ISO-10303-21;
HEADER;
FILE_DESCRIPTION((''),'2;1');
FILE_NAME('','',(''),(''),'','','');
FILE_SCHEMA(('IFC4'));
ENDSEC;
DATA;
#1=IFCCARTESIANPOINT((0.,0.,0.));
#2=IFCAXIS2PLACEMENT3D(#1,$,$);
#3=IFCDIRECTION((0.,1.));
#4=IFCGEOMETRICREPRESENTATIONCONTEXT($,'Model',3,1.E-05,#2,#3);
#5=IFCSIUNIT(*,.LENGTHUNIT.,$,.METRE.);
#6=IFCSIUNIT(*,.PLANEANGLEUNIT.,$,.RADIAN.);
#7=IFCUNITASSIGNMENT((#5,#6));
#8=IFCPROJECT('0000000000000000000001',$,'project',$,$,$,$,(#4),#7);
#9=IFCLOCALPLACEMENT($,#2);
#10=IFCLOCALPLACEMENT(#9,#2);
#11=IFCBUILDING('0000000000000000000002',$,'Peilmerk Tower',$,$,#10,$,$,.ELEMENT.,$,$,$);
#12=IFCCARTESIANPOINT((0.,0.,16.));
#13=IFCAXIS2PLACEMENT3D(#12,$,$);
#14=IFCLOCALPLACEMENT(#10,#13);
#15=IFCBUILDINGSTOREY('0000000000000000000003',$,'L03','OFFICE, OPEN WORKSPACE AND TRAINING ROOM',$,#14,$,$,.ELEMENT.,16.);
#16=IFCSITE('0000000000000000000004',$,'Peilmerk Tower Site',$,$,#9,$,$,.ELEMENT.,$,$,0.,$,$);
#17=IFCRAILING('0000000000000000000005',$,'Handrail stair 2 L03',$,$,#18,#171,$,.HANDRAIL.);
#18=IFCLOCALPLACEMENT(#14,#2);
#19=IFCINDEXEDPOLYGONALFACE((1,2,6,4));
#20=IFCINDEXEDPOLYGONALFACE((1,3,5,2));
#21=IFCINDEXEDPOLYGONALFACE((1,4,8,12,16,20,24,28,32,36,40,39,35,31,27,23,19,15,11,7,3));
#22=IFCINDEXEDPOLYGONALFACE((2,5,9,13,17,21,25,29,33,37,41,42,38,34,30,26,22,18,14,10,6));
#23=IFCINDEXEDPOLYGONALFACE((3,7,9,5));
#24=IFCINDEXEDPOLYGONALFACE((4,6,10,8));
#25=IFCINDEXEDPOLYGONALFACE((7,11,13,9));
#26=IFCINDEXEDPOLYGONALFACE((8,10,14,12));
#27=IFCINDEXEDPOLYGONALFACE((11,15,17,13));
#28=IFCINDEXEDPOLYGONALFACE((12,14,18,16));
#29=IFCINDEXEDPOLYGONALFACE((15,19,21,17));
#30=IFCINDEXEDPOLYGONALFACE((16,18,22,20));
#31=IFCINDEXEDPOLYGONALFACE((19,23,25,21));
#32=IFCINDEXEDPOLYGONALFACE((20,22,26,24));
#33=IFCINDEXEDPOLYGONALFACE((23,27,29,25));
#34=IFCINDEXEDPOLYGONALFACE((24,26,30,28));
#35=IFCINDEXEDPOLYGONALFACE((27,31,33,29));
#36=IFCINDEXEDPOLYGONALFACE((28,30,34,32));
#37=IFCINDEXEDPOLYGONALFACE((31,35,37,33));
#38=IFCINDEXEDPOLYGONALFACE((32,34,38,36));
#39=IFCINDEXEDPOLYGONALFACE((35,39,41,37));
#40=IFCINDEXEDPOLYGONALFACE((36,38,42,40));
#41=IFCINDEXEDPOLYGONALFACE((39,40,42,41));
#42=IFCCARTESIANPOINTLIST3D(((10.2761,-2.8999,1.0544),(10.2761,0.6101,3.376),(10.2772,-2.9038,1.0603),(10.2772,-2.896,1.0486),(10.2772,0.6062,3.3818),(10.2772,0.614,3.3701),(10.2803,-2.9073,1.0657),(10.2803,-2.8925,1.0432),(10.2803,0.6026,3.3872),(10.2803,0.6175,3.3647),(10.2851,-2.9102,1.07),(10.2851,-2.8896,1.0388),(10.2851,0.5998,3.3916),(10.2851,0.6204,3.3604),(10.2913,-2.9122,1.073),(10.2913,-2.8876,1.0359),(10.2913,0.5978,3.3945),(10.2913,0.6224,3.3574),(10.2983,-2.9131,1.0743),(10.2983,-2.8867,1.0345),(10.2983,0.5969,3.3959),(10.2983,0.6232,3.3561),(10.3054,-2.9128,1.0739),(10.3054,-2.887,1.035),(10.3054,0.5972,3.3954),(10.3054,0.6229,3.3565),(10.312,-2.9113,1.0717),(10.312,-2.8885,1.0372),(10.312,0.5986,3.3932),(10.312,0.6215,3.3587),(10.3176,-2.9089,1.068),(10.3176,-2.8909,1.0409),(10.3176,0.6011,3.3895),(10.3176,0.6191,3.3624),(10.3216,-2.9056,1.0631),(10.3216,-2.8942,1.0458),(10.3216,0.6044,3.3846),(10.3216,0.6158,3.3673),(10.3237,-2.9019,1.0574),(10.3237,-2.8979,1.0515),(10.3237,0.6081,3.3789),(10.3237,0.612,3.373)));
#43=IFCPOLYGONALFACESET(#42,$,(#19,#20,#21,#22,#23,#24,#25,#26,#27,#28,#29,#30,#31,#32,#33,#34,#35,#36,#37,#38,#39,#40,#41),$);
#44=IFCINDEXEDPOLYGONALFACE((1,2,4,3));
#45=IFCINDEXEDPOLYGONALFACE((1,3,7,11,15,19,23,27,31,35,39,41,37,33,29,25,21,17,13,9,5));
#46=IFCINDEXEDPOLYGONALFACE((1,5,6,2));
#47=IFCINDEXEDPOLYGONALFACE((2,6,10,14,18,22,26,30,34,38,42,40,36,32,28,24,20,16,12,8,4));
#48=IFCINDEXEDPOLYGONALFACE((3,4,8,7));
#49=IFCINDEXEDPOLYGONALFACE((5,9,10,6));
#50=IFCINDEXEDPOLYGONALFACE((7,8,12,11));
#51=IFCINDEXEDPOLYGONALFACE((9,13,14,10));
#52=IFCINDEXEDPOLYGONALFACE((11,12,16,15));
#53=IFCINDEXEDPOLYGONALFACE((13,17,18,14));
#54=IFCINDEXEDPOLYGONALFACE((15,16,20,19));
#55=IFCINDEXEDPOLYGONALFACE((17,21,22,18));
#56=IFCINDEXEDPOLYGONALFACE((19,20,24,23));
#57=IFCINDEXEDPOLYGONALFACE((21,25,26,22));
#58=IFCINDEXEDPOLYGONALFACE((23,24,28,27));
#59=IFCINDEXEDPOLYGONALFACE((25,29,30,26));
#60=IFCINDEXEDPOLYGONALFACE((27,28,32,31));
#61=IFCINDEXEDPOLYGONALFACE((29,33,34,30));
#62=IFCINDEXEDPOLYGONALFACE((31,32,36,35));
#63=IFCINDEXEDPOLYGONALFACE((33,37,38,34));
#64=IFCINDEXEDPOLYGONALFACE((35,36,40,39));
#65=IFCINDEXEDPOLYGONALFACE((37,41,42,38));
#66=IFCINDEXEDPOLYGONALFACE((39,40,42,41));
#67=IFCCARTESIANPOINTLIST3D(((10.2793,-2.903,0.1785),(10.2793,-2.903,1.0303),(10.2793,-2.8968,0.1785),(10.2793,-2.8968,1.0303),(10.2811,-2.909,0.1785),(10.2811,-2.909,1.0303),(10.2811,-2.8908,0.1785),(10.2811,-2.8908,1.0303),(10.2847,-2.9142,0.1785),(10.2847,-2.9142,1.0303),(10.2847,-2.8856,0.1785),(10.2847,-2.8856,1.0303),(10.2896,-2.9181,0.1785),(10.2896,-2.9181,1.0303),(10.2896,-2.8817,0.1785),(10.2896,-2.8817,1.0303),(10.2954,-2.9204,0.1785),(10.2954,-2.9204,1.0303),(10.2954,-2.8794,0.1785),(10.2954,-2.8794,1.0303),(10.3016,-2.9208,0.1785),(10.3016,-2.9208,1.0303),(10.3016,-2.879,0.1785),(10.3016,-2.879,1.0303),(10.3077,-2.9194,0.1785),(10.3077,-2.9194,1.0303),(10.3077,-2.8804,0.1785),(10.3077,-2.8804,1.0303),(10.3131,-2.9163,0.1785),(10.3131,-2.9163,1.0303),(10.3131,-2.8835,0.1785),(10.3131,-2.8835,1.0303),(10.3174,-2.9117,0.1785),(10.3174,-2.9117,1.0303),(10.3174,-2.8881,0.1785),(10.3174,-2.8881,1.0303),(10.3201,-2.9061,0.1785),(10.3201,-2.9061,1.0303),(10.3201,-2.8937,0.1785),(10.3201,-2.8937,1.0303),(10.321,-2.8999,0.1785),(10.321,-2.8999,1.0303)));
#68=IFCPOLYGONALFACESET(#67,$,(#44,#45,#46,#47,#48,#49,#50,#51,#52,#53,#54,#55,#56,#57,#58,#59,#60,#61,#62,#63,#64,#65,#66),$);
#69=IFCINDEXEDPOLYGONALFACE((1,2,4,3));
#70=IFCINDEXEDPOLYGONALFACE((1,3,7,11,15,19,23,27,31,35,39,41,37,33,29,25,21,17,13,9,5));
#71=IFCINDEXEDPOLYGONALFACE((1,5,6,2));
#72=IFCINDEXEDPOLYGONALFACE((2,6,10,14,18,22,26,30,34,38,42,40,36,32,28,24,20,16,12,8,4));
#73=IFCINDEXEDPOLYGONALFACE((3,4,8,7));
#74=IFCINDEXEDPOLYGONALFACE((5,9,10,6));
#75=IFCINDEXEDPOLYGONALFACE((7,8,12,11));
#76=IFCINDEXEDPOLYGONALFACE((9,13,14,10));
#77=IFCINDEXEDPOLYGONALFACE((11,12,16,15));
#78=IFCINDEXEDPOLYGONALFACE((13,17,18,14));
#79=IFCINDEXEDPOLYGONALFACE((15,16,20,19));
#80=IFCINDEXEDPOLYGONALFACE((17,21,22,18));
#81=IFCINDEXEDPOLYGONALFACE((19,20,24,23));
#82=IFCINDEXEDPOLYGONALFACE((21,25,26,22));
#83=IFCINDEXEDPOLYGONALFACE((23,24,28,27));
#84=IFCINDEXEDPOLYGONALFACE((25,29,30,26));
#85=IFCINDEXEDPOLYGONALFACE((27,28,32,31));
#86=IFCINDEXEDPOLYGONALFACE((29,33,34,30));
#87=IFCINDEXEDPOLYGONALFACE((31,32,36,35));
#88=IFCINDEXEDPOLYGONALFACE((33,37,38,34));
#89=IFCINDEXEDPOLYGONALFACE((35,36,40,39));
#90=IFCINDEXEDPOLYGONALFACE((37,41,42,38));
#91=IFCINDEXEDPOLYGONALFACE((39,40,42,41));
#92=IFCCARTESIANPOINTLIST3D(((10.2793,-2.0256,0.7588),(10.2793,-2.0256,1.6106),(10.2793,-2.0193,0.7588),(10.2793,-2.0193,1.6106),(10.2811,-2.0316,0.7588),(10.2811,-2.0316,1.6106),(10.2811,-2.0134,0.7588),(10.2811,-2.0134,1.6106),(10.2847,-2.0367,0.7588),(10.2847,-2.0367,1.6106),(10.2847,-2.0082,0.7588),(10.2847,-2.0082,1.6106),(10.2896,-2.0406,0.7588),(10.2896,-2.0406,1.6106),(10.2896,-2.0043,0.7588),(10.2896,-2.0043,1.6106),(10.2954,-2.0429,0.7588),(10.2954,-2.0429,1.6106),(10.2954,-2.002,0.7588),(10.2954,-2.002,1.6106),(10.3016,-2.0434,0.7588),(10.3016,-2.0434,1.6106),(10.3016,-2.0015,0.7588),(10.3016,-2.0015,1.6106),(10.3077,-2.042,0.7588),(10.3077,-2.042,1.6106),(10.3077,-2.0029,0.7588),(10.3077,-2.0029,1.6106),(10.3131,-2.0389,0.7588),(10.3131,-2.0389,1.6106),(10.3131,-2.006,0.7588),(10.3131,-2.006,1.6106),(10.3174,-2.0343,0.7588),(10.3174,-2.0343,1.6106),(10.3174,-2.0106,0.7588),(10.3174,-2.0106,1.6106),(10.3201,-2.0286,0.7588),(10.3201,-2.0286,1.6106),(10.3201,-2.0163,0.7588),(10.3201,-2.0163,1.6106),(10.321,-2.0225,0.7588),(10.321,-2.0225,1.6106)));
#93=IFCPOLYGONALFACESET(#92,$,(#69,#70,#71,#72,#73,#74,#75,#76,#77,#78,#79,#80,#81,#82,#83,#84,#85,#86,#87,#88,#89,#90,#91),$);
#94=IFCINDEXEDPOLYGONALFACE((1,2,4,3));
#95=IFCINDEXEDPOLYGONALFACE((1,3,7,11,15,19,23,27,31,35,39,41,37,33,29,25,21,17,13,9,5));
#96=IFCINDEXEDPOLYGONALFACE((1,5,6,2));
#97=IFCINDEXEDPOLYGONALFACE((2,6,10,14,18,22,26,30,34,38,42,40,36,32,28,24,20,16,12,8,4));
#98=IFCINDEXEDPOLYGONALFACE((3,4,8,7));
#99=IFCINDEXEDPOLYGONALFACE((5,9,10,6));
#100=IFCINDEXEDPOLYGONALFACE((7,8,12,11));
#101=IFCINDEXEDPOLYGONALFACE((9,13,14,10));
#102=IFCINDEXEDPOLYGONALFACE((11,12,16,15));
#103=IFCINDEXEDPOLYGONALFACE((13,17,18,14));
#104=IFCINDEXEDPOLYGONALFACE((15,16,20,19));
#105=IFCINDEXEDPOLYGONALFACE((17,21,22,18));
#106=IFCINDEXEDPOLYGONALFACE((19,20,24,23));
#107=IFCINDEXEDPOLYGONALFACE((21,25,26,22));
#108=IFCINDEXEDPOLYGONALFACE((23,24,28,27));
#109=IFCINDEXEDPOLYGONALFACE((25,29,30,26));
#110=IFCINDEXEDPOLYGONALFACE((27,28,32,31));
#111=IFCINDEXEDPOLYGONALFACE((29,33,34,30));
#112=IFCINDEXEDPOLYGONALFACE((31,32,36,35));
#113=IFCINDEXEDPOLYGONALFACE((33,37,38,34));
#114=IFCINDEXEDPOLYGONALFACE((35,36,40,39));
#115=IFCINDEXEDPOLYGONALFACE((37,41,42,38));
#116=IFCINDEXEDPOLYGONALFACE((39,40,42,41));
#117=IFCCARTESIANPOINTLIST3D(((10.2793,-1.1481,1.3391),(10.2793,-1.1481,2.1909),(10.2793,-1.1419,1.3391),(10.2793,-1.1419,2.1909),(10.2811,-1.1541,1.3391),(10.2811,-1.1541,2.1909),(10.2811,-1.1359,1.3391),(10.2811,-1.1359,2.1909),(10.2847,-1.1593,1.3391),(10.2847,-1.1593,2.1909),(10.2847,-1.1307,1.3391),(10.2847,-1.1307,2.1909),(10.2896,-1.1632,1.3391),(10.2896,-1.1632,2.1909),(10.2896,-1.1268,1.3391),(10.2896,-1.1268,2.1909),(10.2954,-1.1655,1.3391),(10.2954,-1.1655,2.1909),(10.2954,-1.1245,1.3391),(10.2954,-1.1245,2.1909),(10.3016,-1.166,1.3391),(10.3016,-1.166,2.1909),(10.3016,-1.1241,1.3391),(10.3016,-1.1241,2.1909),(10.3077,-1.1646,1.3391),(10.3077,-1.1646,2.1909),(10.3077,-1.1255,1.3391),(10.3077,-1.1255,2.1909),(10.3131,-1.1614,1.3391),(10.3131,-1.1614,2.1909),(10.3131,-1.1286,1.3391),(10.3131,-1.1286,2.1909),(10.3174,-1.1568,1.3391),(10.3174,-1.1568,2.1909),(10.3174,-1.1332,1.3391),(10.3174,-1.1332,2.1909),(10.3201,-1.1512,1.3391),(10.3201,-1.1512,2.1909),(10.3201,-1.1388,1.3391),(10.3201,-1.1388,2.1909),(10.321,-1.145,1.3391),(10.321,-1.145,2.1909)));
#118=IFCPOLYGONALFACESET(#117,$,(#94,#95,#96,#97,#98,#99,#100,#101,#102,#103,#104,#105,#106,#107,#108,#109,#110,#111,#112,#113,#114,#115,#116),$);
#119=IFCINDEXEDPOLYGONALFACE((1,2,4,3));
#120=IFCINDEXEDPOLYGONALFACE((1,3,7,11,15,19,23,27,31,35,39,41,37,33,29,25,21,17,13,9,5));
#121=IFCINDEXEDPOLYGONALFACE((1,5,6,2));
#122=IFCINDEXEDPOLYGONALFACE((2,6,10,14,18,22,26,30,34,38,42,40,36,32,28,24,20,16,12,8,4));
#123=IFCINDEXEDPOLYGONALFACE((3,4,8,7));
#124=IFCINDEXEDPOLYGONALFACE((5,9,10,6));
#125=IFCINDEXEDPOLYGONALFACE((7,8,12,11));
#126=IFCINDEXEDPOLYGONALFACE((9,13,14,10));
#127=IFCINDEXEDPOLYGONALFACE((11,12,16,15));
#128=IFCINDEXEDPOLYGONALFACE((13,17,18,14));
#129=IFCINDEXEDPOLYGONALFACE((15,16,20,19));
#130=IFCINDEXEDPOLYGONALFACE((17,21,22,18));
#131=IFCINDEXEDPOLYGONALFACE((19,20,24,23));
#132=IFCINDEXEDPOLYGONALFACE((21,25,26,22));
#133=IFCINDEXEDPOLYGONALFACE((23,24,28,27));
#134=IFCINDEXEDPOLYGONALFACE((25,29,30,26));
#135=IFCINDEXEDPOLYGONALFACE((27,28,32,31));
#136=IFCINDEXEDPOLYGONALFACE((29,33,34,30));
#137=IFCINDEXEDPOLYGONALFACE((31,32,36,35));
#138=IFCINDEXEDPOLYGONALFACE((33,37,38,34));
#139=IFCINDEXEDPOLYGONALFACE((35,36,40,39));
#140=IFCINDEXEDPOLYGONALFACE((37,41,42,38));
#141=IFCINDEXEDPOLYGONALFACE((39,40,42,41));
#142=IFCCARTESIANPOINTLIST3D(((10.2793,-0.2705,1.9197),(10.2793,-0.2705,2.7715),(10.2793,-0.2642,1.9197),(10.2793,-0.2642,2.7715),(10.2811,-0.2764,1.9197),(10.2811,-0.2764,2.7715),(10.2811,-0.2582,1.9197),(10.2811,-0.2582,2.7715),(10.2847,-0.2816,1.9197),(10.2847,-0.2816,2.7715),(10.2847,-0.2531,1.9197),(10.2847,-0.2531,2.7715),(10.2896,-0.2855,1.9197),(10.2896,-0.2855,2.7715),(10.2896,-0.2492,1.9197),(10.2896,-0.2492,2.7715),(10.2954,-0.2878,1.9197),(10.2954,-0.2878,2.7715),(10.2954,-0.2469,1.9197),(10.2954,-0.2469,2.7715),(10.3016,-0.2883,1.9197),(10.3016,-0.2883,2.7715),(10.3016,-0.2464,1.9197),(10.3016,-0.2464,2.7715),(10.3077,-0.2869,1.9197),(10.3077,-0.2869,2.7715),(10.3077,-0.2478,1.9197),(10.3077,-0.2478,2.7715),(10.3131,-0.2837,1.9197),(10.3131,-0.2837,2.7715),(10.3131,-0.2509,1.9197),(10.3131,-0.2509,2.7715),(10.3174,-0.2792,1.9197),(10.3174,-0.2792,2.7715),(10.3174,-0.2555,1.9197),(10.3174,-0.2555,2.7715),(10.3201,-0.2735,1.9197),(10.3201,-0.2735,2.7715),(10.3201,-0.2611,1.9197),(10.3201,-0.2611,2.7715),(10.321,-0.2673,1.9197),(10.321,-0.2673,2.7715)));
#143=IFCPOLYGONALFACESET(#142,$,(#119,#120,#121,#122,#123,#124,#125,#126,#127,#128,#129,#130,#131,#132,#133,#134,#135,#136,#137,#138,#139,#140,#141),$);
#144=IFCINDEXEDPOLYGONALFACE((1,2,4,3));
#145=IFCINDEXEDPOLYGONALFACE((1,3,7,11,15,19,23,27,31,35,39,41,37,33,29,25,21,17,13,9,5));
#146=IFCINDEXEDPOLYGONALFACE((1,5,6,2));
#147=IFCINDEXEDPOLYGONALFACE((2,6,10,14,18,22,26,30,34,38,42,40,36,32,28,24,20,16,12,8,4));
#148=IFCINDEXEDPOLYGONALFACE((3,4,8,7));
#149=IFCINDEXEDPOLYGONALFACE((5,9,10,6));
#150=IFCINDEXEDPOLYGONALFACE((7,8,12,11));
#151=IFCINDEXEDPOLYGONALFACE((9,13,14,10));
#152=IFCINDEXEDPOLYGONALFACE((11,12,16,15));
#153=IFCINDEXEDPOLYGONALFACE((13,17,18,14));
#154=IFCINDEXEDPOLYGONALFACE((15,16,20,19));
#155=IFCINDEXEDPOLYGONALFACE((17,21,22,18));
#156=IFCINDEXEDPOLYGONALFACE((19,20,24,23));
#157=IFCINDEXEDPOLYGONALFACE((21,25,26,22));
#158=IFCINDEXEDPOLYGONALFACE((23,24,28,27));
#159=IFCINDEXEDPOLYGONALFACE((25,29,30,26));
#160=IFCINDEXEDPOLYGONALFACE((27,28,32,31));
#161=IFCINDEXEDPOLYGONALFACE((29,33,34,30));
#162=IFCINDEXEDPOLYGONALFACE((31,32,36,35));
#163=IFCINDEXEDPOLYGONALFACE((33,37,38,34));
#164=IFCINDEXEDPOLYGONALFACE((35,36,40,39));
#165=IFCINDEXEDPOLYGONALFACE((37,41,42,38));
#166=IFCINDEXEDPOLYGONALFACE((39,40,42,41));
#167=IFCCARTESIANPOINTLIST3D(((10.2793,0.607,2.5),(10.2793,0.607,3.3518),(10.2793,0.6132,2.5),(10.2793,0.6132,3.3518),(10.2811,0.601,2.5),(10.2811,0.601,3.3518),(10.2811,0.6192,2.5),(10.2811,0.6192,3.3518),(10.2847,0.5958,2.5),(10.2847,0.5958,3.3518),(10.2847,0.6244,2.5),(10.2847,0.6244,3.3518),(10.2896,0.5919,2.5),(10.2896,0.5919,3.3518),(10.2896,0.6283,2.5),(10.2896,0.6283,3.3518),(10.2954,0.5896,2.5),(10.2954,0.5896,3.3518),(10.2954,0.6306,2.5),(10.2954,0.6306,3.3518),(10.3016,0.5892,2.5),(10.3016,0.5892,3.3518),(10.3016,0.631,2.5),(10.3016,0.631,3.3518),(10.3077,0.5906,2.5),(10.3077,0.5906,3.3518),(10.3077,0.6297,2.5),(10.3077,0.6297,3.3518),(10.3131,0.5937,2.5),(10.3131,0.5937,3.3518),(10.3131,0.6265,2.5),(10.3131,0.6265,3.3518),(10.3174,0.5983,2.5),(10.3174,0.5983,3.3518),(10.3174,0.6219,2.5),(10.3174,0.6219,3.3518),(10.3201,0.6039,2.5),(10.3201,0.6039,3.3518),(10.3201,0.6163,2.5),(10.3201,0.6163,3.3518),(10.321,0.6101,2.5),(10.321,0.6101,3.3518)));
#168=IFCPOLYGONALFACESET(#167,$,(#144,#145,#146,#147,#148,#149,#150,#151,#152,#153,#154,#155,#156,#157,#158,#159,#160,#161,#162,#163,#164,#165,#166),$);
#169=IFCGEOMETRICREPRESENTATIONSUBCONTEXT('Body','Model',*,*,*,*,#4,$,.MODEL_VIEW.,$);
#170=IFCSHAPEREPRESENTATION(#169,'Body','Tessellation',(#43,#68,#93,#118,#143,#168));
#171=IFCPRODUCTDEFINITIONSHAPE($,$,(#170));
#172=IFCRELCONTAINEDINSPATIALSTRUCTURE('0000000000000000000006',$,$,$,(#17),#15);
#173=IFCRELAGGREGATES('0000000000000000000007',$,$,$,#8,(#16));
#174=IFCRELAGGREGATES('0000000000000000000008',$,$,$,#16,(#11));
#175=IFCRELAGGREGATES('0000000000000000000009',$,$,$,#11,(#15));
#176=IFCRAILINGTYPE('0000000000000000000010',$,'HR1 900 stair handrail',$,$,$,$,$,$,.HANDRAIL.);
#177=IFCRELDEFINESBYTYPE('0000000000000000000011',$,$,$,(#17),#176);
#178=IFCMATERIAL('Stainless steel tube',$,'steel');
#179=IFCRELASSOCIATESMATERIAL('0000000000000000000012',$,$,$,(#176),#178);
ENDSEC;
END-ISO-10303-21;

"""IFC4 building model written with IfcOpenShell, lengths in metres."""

from ifc_helpers import new_model, si_unit, direction, frame, origin, origin_2d, place, context, subcontext, project, spatial, circle, extrude, material, type_object, element, save


model = new_model("IFC4")

# Units and contexts
model_context = context("Model", 3, precision=1e-05, world=origin(), true_north=direction((0.0, 1.0)))
body_context = subcontext(model_context, "Body", "Model", "MODEL_VIEW")
ifc_project = project(units=[si_unit("LENGTHUNIT", "METRE"), si_unit("PLANEANGLEUNIT", "RADIAN")], contexts=[model_context])

# Site, building, storey
site_placement = place(None, origin())
site = spatial("IfcSite", under=ifc_project, at=site_placement, Name="Peilmerk Tower Site", CompositionType="ELEMENT", RefElevation=0.0)
building_placement = place(site_placement, origin())
building = spatial("IfcBuilding", under=site, at=building_placement, Name="Peilmerk Tower", CompositionType="ELEMENT")
storey_placement = place(building_placement, frame((0.0, 0.0, 16.0)))
storey = spatial("IfcBuildingStorey", under=building, at=storey_placement, Name="L03", Description="OFFICE, OPEN WORKSPACE AND TRAINING ROOM", CompositionType="ELEMENT", Elevation=16.0)

# Railing
ifc_material_1 = material(Name="Stainless steel tube", Category="steel")
railing_type_1 = type_object("IfcRailingType", Name="HR1 900 stair handrail", PredefinedType="HANDRAIL", material=ifc_material_1)
railing_1_placement = place(storey_placement, frame((10.3, -2.8999, 0.1785)))
element("IfcRailing", 1, at=railing_1_placement, inside=storey, type_object=railing_type_1, Name="Handrail stair 2 L03", PredefinedType="HANDRAIL", context=body_context, shape_type="SweptSolid", body=[
    extrude(circle(Radius=0.0239, at=origin_2d()), frame((0.0, 0.0, 0.876), z_axis=(0.0, 0.834071, 0.551657), x_axis=(-1.0, 0.0, 0.0)), (0.0, 0.0, 1.0), 4.2083),
    extrude(circle(Radius=0.021, at=origin_2d()), origin(), (0.0, 0.0, 1.0), 0.8518),
    extrude(circle(Radius=0.021, at=origin_2d()), frame((0.0, 0.8774, 0.5803)), (0.0, 0.0, 1.0), 0.8518),
    extrude(circle(Radius=0.021, at=origin_2d()), frame((0.0, 1.7549, 1.1606)), (0.0, 0.0, 1.0), 0.8518),
    extrude(circle(Radius=0.021, at=origin_2d()), frame((0.0, 2.6326, 1.7412)), (0.0, 0.0, 1.0), 0.8518),
    extrude(circle(Radius=0.021, at=origin_2d()), frame((0.0, 3.51, 2.3215)), (0.0, 0.0, 1.0), 0.8518),
])

save(model, "model.ifc")
